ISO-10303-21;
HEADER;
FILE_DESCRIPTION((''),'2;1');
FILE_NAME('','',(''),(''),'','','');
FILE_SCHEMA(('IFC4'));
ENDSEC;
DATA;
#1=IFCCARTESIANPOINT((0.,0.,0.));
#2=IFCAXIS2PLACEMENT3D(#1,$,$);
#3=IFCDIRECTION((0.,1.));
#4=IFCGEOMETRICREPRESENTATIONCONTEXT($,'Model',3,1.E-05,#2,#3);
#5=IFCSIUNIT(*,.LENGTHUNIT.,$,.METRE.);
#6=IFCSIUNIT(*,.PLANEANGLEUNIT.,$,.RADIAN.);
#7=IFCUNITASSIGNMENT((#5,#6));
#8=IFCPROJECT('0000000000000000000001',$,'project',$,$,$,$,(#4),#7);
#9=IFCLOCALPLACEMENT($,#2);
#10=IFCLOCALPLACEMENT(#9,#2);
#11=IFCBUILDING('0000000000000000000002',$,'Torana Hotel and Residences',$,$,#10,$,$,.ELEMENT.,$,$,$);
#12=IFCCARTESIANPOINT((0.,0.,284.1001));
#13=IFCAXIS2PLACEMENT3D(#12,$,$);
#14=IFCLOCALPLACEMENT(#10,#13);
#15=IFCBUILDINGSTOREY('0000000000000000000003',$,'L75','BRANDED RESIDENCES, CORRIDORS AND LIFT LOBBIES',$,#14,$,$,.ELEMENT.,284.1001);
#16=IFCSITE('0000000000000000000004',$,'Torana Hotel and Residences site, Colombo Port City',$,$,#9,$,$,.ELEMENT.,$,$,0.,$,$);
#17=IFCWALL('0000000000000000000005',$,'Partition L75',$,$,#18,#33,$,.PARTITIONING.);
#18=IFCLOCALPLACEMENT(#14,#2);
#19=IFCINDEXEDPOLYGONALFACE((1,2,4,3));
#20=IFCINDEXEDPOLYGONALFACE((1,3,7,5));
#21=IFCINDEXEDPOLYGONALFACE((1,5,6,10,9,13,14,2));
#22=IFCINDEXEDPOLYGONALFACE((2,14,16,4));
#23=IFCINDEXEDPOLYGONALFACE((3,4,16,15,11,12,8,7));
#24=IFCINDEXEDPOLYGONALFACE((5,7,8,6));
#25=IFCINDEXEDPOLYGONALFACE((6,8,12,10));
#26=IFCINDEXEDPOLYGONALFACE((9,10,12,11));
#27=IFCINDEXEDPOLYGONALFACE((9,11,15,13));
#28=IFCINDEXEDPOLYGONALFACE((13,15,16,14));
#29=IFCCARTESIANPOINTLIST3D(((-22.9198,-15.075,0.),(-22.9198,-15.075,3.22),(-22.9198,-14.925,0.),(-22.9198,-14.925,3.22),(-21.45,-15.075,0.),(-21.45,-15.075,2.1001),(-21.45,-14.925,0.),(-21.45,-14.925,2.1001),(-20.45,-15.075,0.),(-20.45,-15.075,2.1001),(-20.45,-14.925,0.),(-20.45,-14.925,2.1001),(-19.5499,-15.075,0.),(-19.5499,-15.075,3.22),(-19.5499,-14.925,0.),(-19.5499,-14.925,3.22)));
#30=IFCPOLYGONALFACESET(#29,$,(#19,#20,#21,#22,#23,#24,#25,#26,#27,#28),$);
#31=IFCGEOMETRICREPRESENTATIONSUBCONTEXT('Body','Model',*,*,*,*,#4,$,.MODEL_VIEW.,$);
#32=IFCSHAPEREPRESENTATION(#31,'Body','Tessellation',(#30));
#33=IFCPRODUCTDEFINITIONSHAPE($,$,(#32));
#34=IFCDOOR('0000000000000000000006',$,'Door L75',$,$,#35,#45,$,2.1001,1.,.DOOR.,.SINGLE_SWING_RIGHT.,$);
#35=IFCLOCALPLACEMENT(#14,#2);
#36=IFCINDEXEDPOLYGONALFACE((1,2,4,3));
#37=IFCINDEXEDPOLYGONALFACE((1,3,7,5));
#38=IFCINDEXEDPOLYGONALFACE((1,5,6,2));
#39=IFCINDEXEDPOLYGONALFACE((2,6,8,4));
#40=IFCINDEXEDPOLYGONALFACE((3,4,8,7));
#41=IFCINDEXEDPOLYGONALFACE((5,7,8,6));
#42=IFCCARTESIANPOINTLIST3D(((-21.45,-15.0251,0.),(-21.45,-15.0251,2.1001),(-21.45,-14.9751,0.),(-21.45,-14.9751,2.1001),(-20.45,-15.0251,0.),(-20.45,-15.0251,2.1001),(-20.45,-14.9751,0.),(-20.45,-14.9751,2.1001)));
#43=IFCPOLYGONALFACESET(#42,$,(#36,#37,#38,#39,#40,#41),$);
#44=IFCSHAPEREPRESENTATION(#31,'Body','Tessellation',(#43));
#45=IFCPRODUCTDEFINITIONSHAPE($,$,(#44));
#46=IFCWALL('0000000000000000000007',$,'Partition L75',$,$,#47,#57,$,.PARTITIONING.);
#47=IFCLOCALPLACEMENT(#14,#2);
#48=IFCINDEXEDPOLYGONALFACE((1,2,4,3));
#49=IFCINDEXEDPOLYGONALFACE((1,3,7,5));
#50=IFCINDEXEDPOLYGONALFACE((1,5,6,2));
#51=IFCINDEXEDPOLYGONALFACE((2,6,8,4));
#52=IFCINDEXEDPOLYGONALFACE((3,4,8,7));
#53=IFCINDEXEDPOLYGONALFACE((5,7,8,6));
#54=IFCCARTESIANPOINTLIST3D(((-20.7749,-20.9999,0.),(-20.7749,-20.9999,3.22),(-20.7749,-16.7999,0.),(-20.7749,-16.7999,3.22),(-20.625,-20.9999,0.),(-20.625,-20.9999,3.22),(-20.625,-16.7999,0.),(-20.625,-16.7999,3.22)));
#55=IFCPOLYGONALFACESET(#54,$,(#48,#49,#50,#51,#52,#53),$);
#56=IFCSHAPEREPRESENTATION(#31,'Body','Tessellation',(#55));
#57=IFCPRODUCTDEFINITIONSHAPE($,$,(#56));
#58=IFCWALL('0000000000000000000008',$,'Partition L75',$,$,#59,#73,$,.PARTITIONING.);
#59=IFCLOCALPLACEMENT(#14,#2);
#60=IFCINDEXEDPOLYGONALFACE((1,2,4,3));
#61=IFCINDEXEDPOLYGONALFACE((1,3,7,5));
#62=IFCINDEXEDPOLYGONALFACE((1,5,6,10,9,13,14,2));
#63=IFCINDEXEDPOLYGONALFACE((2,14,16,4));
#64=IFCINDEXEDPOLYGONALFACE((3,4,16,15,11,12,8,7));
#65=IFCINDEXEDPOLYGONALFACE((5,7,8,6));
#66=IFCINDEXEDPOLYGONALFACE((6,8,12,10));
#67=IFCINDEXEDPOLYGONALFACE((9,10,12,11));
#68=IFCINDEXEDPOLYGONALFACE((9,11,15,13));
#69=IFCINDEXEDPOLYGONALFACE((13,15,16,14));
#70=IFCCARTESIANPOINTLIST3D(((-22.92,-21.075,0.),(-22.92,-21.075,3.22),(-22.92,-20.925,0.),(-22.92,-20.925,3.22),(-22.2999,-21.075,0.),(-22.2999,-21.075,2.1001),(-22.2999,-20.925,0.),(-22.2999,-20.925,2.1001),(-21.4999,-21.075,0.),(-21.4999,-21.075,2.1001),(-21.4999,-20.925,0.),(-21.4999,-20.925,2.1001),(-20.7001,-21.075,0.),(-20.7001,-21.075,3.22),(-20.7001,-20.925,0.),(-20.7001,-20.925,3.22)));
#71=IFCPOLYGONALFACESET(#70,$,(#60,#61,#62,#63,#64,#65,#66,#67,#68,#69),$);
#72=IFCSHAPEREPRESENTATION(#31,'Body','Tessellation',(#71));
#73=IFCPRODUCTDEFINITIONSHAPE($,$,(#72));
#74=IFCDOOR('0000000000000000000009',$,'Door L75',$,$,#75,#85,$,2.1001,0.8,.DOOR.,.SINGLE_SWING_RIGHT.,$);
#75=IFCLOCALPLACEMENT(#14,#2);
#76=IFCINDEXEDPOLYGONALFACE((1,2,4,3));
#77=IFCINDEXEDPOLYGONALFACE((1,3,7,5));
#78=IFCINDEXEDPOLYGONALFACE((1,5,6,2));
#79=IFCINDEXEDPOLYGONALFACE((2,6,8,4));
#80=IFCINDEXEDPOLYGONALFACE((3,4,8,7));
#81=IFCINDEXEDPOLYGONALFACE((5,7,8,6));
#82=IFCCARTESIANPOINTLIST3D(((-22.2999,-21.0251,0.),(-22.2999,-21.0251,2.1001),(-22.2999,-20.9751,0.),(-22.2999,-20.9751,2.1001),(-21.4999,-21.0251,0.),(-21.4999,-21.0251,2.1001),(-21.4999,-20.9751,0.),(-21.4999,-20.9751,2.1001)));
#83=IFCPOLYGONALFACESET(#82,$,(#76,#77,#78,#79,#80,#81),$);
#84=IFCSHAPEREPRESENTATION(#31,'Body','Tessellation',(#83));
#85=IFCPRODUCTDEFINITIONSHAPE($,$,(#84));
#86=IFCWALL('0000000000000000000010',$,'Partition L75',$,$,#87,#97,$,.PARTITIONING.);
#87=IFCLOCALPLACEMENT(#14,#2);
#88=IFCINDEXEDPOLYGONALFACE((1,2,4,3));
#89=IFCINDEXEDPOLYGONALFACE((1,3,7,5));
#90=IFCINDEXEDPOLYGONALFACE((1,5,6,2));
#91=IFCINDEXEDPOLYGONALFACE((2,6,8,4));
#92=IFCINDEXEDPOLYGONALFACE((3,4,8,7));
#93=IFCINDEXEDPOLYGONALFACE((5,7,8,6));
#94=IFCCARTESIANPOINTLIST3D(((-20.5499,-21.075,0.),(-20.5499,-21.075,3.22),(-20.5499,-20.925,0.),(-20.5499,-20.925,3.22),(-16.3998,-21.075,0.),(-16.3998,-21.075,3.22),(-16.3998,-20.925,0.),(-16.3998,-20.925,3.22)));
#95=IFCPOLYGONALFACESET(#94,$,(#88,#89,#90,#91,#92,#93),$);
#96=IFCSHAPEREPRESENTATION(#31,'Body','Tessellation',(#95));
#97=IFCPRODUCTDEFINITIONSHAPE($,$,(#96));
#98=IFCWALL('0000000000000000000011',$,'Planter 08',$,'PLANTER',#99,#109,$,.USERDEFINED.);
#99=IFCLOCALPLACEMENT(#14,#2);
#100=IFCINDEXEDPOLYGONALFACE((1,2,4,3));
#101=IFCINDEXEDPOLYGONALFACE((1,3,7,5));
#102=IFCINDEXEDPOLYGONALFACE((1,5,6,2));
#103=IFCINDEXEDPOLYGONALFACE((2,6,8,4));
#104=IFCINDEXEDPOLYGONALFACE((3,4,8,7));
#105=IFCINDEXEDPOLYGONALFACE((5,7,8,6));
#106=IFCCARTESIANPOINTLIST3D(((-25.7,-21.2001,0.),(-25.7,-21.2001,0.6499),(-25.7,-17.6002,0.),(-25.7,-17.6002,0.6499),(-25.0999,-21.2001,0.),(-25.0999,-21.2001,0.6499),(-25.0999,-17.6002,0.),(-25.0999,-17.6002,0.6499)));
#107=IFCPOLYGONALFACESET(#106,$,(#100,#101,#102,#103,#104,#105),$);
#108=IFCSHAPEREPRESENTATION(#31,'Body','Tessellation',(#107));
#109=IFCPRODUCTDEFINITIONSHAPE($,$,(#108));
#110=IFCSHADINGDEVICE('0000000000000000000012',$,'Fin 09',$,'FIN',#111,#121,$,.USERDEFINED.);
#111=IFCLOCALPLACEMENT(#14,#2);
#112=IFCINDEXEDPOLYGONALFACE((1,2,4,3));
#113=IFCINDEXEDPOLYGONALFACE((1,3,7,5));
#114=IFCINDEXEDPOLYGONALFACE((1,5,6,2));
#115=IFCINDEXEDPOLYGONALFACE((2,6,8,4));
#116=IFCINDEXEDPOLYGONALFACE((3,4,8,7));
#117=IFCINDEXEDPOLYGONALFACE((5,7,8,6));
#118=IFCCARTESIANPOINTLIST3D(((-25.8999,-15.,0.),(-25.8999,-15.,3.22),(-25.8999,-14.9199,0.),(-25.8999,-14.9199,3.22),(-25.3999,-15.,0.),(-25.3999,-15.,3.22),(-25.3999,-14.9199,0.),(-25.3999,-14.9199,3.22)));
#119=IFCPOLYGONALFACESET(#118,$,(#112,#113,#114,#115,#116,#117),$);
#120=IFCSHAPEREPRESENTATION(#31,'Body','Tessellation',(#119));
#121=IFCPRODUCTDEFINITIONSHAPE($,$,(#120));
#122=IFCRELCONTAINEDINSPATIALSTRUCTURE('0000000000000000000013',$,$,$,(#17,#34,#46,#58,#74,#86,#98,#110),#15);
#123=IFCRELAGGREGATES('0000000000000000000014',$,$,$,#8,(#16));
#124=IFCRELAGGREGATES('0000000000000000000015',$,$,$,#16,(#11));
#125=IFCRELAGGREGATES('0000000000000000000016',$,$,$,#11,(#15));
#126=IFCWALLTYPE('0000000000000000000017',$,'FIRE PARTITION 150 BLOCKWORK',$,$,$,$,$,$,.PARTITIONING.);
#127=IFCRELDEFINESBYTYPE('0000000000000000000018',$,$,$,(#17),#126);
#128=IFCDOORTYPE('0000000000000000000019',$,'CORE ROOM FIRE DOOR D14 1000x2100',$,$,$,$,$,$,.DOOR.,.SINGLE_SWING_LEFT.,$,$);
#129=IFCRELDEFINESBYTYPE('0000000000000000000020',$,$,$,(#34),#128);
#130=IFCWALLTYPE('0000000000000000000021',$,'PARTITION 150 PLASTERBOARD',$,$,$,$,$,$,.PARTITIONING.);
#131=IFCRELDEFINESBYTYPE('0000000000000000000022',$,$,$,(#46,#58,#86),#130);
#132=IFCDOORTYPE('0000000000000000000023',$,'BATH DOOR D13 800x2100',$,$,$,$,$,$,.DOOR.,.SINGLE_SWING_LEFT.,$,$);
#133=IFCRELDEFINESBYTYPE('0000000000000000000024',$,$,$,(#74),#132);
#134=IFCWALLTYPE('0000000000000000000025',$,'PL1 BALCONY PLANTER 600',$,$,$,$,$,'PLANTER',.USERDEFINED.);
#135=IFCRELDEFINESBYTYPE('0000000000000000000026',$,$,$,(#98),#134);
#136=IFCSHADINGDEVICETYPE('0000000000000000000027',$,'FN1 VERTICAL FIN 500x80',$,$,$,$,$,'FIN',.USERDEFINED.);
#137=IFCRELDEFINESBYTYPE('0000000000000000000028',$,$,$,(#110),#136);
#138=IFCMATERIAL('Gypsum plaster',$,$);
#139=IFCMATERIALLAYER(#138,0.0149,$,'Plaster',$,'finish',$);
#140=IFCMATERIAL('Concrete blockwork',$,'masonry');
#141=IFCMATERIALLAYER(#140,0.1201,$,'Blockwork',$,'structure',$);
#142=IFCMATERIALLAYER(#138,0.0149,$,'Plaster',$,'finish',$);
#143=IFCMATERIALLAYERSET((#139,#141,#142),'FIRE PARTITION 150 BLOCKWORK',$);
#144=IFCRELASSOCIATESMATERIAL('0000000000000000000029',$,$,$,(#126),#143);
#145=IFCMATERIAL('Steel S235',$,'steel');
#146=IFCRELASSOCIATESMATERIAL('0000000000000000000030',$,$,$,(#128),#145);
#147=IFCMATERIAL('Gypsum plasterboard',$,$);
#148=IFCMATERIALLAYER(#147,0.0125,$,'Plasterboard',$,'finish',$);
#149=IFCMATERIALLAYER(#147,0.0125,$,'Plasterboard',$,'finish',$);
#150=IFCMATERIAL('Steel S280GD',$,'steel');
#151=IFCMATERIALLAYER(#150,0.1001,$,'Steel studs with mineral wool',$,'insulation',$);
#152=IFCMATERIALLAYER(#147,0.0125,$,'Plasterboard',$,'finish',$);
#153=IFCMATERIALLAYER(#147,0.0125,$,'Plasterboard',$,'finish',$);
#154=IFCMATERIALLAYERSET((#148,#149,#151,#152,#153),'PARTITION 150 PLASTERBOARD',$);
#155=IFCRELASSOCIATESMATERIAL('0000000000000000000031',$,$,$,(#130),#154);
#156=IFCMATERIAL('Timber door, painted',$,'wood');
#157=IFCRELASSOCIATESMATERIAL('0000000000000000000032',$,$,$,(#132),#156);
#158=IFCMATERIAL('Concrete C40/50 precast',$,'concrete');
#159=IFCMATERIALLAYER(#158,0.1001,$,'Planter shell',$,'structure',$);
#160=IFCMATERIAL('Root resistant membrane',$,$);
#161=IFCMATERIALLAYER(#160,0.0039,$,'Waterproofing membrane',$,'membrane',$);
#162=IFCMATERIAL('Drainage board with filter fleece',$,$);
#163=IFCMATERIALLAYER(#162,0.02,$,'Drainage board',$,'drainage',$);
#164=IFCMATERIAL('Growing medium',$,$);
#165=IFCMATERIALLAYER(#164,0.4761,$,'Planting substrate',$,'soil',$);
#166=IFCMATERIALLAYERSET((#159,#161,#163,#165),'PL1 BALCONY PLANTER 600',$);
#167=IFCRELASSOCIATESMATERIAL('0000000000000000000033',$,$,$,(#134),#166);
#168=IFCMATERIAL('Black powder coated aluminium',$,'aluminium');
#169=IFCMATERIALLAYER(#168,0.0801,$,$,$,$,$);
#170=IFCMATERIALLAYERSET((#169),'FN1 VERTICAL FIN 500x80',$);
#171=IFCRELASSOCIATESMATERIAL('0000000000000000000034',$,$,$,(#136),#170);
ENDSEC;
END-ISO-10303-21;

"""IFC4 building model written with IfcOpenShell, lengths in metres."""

from ifc_helpers import new_model, si_unit, direction, frame, frame_2d, origin, origin_2d, place, context, subcontext, project, spatial, rectangle, extrude, material, layer, layer_set, type_object, element, fill, save


model = new_model("IFC4")

# Units and contexts
model_context = context("Model", 3, precision=1e-05, world=origin(), true_north=direction((0.0, 1.0)))
body_context = subcontext(model_context, "Body", "Model", "MODEL_VIEW")
ifc_project = project(units=[si_unit("LENGTHUNIT", "METRE"), si_unit("PLANEANGLEUNIT", "RADIAN")], contexts=[model_context])

# Site, building, storey
site_placement = place(None, origin())
site = spatial("IfcSite", under=ifc_project, at=site_placement, Name="Torana Hotel and Residences site, Colombo Port City", CompositionType="ELEMENT", RefElevation=0.0)
building_placement = place(site_placement, origin())
building = spatial("IfcBuilding", under=site, at=building_placement, Name="Torana Hotel and Residences", CompositionType="ELEMENT")
storey_placement = place(building_placement, frame((0.0, 0.0, 284.1001)))
storey = spatial("IfcBuildingStorey", under=building, at=storey_placement, Name="L75", Description="BRANDED RESIDENCES, CORRIDORS AND LIFT LOBBIES", CompositionType="ELEMENT", Elevation=284.1001)

# Shared definitions
ifc_material_1 = material(Name="Gypsum plaster")
ifc_layer_1 = layer(ifc_material_1, 0.0149, Name="Plaster", Category="finish")
ifc_material_2 = material(Name="Concrete blockwork", Category="masonry")
ifc_layer_2 = layer(ifc_material_2, 0.1201, Name="Blockwork", Category="structure")
ifc_layer_3 = layer(ifc_material_1, 0.0149, Name="Plaster", Category="finish")
ifc_layer_set_1 = layer_set([ifc_layer_1, ifc_layer_2, ifc_layer_3], Name="FIRE PARTITION 150 BLOCKWORK")
wall_type_1 = type_object("IfcWallType", Name="FIRE PARTITION 150 BLOCKWORK", PredefinedType="PARTITIONING", material=ifc_layer_set_1)

# Wall, opening, door
wall_1_placement = place(storey_placement, frame((-22.9199, -15.0, 0.0), z_axis=(0.0, 0.0, 1.0), x_axis=(1.0, 0.0, 0.0)))
wall_1 = element("IfcWall", 1, at=wall_1_placement, inside=storey, type_object=wall_type_1, Name="Partition L75", PredefinedType="PARTITIONING", context=body_context, shape_type="SweptSolid", body=[
    extrude(rectangle(XDim=3.3699, YDim=0.1499, at=frame_2d((1.6851, 0.0))), origin(), (0.0, 0.0, 1.0), 3.22),
])
opening_1_placement = place(wall_1_placement, frame((1.47, 0.0, 0.0)))
opening_1 = element("IfcOpeningElement", 2, at=opening_1_placement, cuts=wall_1, PredefinedType="OPENING", context=body_context, shape_type="SweptSolid", body=[
    extrude(rectangle(XDim=1.0, YDim=2.1001, at=frame_2d((0.5, 1.05))), frame((0.0, 0.085, 0.0), z_axis=(0.0, -1.0, 0.0), x_axis=(1.0, 0.0, 0.0)), (0.0, 0.0, 1.0), 0.1699),
])
ifc_material_3 = material(Name="Steel S235", Category="steel")
door_type_1 = type_object("IfcDoorType", Name="CORE ROOM FIRE DOOR D14 1000x2100", OperationType="SINGLE_SWING_LEFT", PredefinedType="DOOR", material=ifc_material_3)
door_1_placement = place(opening_1_placement, origin())
door_1 = element("IfcDoor", 3, at=door_1_placement, inside=storey, type_object=door_type_1, Name="Door L75", OperationType="SINGLE_SWING_RIGHT", OverallHeight=2.1001, OverallWidth=1.0, PredefinedType="DOOR", context=body_context, shape_type="SweptSolid", body=[
    extrude(rectangle(XDim=1.0, YDim=2.1001, at=frame_2d((0.5, 1.05))), frame((0.0, 0.0249, 0.0), z_axis=(0.0, -1.0, 0.0), x_axis=(1.0, 0.0, 0.0)), (0.0, 0.0, 1.0), 0.05),
])
fill(opening_1, door_1)

# Wall
ifc_material_4 = material(Name="Gypsum plasterboard")
ifc_layer_4 = layer(ifc_material_4, 0.0125, Name="Plasterboard", Category="finish")
ifc_layer_5 = layer(ifc_material_4, 0.0125, Name="Plasterboard", Category="finish")
ifc_material_5 = material(Name="Steel S280GD", Category="steel")
ifc_layer_6 = layer(ifc_material_5, 0.1001, Name="Steel studs with mineral wool", Category="insulation")
ifc_layer_7 = layer(ifc_material_4, 0.0125, Name="Plasterboard", Category="finish")
ifc_layer_8 = layer(ifc_material_4, 0.0125, Name="Plasterboard", Category="finish")
ifc_layer_set_2 = layer_set([ifc_layer_4, ifc_layer_5, ifc_layer_6, ifc_layer_7, ifc_layer_8], Name="PARTITION 150 PLASTERBOARD")
wall_type_2 = type_object("IfcWallType", Name="PARTITION 150 PLASTERBOARD", PredefinedType="PARTITIONING", material=ifc_layer_set_2)
wall_2_placement = place(storey_placement, frame((-20.7, -21.0, 0.0), z_axis=(0.0, 0.0, 1.0), x_axis=(0.0, 1.0, 0.0)))
element("IfcWall", 4, at=wall_2_placement, inside=storey, type_object=wall_type_2, Name="Partition L75", PredefinedType="PARTITIONING", context=body_context, shape_type="SweptSolid", body=[
    extrude(rectangle(XDim=4.2, YDim=0.1499, at=frame_2d((2.1001, 0.0))), origin(), (0.0, 0.0, 1.0), 3.22),
])

# Wall, opening, door
wall_3_placement = place(storey_placement, frame((-22.9199, -21.0, 0.0), z_axis=(0.0, 0.0, 1.0), x_axis=(1.0, 0.0, 0.0)))
wall_3 = element("IfcWall", 5, at=wall_3_placement, inside=storey, type_object=wall_type_2, Name="Partition L75", PredefinedType="PARTITIONING", context=body_context, shape_type="SweptSolid", body=[
    extrude(rectangle(XDim=2.22, YDim=0.1499, at=frame_2d((1.1099, 0.0))), origin(), (0.0, 0.0, 1.0), 3.22),
])
opening_2_placement = place(wall_3_placement, frame((0.6201, 0.0, 0.0)))
opening_2 = element("IfcOpeningElement", 6, at=opening_2_placement, cuts=wall_3, PredefinedType="OPENING", context=body_context, shape_type="SweptSolid", body=[
    extrude(rectangle(XDim=0.8, YDim=2.1001, at=frame_2d((0.3999, 1.05))), frame((0.0, 0.085, 0.0), z_axis=(0.0, -1.0, 0.0), x_axis=(1.0, 0.0, 0.0)), (0.0, 0.0, 1.0), 0.1699),
])
ifc_material_6 = material(Name="Timber door, painted", Category="wood")
door_type_2 = type_object("IfcDoorType", Name="BATH DOOR D13 800x2100", OperationType="SINGLE_SWING_LEFT", PredefinedType="DOOR", material=ifc_material_6)
door_2_placement = place(opening_2_placement, origin())
door_2 = element("IfcDoor", 7, at=door_2_placement, inside=storey, type_object=door_type_2, Name="Door L75", OperationType="SINGLE_SWING_RIGHT", OverallHeight=2.1001, OverallWidth=0.8, PredefinedType="DOOR", context=body_context, shape_type="SweptSolid", body=[
    extrude(rectangle(XDim=0.8, YDim=2.1001, at=frame_2d((0.3999, 1.05))), frame((0.0, 0.0249, 0.0), z_axis=(0.0, -1.0, 0.0), x_axis=(1.0, 0.0, 0.0)), (0.0, 0.0, 1.0), 0.05),
])
fill(opening_2, door_2)

# Walls
wall_4_placement = place(storey_placement, frame((-20.55, -21.0, 0.0), z_axis=(0.0, 0.0, 1.0), x_axis=(1.0, 0.0, 0.0)))
element("IfcWall", 8, at=wall_4_placement, inside=storey, type_object=wall_type_2, Name="Partition L75", PredefinedType="PARTITIONING", context=body_context, shape_type="SweptSolid", body=[
    extrude(rectangle(XDim=4.1501, YDim=0.1499, at=frame_2d((2.0752, 0.0))), origin(), (0.0, 0.0, 1.0), 3.22),
])
ifc_material_7 = material(Name="Concrete C40/50 precast", Category="concrete")
ifc_layer_9 = layer(ifc_material_7, 0.1001, Name="Planter shell", Category="structure")
ifc_material_8 = material(Name="Root resistant membrane")
ifc_layer_10 = layer(ifc_material_8, 0.0039, Name="Waterproofing membrane", Category="membrane")
ifc_material_9 = material(Name="Drainage board with filter fleece")
ifc_layer_11 = layer(ifc_material_9, 0.02, Name="Drainage board", Category="drainage")
ifc_material_10 = material(Name="Growing medium")
ifc_layer_12 = layer(ifc_material_10, 0.4761, Name="Planting substrate", Category="soil")
ifc_layer_set_3 = layer_set([ifc_layer_9, ifc_layer_10, ifc_layer_11, ifc_layer_12], Name="PL1 BALCONY PLANTER 600")
wall_type_3 = type_object("IfcWallType", Name="PL1 BALCONY PLANTER 600", ElementType="PLANTER", PredefinedType="USERDEFINED", material=ifc_layer_set_3)
wall_5_placement = place(storey_placement, frame((-25.3999, -21.2, 0.0), z_axis=(0.0, 0.0, 1.0), x_axis=(0.0, 1.0, 0.0)))
element("IfcWall", 9, at=wall_5_placement, inside=storey, type_object=wall_type_3, Name="Planter 08", ObjectType="PLANTER", PredefinedType="USERDEFINED", context=body_context, shape_type="SweptSolid", body=[
    extrude(rectangle(XDim=3.5999, YDim=0.6001, at=frame_2d((1.7998, 0.0))), origin(), (0.0, 0.0, 1.0), 0.6499),
])

# Shading device
ifc_material_11 = material(Name="Black powder coated aluminium", Category="aluminium")
ifc_layer_13 = layer(ifc_material_11, 0.0801)
ifc_layer_set_4 = layer_set([ifc_layer_13], Name="FN1 VERTICAL FIN 500x80")
shading_device_type = type_object("IfcShadingDeviceType", Name="FN1 VERTICAL FIN 500x80", ElementType="FIN", PredefinedType="USERDEFINED", material=ifc_layer_set_4)
shading_device_placement = place(storey_placement, frame((-25.6499, -14.96, 0.0), z_axis=(0.0, 0.0, 1.0), x_axis=(0.0, 1.0, 0.0)))
element("IfcShadingDevice", 10, at=shading_device_placement, inside=storey, type_object=shading_device_type, Name="Fin 09", ObjectType="FIN", PredefinedType="USERDEFINED", context=body_context, shape_type="SweptSolid", body=[
    extrude(rectangle(XDim=0.0801, YDim=0.5, at=origin_2d()), origin(), (0.0, 0.0, 1.0), 3.22),
])

save(model, "model.ifc")
